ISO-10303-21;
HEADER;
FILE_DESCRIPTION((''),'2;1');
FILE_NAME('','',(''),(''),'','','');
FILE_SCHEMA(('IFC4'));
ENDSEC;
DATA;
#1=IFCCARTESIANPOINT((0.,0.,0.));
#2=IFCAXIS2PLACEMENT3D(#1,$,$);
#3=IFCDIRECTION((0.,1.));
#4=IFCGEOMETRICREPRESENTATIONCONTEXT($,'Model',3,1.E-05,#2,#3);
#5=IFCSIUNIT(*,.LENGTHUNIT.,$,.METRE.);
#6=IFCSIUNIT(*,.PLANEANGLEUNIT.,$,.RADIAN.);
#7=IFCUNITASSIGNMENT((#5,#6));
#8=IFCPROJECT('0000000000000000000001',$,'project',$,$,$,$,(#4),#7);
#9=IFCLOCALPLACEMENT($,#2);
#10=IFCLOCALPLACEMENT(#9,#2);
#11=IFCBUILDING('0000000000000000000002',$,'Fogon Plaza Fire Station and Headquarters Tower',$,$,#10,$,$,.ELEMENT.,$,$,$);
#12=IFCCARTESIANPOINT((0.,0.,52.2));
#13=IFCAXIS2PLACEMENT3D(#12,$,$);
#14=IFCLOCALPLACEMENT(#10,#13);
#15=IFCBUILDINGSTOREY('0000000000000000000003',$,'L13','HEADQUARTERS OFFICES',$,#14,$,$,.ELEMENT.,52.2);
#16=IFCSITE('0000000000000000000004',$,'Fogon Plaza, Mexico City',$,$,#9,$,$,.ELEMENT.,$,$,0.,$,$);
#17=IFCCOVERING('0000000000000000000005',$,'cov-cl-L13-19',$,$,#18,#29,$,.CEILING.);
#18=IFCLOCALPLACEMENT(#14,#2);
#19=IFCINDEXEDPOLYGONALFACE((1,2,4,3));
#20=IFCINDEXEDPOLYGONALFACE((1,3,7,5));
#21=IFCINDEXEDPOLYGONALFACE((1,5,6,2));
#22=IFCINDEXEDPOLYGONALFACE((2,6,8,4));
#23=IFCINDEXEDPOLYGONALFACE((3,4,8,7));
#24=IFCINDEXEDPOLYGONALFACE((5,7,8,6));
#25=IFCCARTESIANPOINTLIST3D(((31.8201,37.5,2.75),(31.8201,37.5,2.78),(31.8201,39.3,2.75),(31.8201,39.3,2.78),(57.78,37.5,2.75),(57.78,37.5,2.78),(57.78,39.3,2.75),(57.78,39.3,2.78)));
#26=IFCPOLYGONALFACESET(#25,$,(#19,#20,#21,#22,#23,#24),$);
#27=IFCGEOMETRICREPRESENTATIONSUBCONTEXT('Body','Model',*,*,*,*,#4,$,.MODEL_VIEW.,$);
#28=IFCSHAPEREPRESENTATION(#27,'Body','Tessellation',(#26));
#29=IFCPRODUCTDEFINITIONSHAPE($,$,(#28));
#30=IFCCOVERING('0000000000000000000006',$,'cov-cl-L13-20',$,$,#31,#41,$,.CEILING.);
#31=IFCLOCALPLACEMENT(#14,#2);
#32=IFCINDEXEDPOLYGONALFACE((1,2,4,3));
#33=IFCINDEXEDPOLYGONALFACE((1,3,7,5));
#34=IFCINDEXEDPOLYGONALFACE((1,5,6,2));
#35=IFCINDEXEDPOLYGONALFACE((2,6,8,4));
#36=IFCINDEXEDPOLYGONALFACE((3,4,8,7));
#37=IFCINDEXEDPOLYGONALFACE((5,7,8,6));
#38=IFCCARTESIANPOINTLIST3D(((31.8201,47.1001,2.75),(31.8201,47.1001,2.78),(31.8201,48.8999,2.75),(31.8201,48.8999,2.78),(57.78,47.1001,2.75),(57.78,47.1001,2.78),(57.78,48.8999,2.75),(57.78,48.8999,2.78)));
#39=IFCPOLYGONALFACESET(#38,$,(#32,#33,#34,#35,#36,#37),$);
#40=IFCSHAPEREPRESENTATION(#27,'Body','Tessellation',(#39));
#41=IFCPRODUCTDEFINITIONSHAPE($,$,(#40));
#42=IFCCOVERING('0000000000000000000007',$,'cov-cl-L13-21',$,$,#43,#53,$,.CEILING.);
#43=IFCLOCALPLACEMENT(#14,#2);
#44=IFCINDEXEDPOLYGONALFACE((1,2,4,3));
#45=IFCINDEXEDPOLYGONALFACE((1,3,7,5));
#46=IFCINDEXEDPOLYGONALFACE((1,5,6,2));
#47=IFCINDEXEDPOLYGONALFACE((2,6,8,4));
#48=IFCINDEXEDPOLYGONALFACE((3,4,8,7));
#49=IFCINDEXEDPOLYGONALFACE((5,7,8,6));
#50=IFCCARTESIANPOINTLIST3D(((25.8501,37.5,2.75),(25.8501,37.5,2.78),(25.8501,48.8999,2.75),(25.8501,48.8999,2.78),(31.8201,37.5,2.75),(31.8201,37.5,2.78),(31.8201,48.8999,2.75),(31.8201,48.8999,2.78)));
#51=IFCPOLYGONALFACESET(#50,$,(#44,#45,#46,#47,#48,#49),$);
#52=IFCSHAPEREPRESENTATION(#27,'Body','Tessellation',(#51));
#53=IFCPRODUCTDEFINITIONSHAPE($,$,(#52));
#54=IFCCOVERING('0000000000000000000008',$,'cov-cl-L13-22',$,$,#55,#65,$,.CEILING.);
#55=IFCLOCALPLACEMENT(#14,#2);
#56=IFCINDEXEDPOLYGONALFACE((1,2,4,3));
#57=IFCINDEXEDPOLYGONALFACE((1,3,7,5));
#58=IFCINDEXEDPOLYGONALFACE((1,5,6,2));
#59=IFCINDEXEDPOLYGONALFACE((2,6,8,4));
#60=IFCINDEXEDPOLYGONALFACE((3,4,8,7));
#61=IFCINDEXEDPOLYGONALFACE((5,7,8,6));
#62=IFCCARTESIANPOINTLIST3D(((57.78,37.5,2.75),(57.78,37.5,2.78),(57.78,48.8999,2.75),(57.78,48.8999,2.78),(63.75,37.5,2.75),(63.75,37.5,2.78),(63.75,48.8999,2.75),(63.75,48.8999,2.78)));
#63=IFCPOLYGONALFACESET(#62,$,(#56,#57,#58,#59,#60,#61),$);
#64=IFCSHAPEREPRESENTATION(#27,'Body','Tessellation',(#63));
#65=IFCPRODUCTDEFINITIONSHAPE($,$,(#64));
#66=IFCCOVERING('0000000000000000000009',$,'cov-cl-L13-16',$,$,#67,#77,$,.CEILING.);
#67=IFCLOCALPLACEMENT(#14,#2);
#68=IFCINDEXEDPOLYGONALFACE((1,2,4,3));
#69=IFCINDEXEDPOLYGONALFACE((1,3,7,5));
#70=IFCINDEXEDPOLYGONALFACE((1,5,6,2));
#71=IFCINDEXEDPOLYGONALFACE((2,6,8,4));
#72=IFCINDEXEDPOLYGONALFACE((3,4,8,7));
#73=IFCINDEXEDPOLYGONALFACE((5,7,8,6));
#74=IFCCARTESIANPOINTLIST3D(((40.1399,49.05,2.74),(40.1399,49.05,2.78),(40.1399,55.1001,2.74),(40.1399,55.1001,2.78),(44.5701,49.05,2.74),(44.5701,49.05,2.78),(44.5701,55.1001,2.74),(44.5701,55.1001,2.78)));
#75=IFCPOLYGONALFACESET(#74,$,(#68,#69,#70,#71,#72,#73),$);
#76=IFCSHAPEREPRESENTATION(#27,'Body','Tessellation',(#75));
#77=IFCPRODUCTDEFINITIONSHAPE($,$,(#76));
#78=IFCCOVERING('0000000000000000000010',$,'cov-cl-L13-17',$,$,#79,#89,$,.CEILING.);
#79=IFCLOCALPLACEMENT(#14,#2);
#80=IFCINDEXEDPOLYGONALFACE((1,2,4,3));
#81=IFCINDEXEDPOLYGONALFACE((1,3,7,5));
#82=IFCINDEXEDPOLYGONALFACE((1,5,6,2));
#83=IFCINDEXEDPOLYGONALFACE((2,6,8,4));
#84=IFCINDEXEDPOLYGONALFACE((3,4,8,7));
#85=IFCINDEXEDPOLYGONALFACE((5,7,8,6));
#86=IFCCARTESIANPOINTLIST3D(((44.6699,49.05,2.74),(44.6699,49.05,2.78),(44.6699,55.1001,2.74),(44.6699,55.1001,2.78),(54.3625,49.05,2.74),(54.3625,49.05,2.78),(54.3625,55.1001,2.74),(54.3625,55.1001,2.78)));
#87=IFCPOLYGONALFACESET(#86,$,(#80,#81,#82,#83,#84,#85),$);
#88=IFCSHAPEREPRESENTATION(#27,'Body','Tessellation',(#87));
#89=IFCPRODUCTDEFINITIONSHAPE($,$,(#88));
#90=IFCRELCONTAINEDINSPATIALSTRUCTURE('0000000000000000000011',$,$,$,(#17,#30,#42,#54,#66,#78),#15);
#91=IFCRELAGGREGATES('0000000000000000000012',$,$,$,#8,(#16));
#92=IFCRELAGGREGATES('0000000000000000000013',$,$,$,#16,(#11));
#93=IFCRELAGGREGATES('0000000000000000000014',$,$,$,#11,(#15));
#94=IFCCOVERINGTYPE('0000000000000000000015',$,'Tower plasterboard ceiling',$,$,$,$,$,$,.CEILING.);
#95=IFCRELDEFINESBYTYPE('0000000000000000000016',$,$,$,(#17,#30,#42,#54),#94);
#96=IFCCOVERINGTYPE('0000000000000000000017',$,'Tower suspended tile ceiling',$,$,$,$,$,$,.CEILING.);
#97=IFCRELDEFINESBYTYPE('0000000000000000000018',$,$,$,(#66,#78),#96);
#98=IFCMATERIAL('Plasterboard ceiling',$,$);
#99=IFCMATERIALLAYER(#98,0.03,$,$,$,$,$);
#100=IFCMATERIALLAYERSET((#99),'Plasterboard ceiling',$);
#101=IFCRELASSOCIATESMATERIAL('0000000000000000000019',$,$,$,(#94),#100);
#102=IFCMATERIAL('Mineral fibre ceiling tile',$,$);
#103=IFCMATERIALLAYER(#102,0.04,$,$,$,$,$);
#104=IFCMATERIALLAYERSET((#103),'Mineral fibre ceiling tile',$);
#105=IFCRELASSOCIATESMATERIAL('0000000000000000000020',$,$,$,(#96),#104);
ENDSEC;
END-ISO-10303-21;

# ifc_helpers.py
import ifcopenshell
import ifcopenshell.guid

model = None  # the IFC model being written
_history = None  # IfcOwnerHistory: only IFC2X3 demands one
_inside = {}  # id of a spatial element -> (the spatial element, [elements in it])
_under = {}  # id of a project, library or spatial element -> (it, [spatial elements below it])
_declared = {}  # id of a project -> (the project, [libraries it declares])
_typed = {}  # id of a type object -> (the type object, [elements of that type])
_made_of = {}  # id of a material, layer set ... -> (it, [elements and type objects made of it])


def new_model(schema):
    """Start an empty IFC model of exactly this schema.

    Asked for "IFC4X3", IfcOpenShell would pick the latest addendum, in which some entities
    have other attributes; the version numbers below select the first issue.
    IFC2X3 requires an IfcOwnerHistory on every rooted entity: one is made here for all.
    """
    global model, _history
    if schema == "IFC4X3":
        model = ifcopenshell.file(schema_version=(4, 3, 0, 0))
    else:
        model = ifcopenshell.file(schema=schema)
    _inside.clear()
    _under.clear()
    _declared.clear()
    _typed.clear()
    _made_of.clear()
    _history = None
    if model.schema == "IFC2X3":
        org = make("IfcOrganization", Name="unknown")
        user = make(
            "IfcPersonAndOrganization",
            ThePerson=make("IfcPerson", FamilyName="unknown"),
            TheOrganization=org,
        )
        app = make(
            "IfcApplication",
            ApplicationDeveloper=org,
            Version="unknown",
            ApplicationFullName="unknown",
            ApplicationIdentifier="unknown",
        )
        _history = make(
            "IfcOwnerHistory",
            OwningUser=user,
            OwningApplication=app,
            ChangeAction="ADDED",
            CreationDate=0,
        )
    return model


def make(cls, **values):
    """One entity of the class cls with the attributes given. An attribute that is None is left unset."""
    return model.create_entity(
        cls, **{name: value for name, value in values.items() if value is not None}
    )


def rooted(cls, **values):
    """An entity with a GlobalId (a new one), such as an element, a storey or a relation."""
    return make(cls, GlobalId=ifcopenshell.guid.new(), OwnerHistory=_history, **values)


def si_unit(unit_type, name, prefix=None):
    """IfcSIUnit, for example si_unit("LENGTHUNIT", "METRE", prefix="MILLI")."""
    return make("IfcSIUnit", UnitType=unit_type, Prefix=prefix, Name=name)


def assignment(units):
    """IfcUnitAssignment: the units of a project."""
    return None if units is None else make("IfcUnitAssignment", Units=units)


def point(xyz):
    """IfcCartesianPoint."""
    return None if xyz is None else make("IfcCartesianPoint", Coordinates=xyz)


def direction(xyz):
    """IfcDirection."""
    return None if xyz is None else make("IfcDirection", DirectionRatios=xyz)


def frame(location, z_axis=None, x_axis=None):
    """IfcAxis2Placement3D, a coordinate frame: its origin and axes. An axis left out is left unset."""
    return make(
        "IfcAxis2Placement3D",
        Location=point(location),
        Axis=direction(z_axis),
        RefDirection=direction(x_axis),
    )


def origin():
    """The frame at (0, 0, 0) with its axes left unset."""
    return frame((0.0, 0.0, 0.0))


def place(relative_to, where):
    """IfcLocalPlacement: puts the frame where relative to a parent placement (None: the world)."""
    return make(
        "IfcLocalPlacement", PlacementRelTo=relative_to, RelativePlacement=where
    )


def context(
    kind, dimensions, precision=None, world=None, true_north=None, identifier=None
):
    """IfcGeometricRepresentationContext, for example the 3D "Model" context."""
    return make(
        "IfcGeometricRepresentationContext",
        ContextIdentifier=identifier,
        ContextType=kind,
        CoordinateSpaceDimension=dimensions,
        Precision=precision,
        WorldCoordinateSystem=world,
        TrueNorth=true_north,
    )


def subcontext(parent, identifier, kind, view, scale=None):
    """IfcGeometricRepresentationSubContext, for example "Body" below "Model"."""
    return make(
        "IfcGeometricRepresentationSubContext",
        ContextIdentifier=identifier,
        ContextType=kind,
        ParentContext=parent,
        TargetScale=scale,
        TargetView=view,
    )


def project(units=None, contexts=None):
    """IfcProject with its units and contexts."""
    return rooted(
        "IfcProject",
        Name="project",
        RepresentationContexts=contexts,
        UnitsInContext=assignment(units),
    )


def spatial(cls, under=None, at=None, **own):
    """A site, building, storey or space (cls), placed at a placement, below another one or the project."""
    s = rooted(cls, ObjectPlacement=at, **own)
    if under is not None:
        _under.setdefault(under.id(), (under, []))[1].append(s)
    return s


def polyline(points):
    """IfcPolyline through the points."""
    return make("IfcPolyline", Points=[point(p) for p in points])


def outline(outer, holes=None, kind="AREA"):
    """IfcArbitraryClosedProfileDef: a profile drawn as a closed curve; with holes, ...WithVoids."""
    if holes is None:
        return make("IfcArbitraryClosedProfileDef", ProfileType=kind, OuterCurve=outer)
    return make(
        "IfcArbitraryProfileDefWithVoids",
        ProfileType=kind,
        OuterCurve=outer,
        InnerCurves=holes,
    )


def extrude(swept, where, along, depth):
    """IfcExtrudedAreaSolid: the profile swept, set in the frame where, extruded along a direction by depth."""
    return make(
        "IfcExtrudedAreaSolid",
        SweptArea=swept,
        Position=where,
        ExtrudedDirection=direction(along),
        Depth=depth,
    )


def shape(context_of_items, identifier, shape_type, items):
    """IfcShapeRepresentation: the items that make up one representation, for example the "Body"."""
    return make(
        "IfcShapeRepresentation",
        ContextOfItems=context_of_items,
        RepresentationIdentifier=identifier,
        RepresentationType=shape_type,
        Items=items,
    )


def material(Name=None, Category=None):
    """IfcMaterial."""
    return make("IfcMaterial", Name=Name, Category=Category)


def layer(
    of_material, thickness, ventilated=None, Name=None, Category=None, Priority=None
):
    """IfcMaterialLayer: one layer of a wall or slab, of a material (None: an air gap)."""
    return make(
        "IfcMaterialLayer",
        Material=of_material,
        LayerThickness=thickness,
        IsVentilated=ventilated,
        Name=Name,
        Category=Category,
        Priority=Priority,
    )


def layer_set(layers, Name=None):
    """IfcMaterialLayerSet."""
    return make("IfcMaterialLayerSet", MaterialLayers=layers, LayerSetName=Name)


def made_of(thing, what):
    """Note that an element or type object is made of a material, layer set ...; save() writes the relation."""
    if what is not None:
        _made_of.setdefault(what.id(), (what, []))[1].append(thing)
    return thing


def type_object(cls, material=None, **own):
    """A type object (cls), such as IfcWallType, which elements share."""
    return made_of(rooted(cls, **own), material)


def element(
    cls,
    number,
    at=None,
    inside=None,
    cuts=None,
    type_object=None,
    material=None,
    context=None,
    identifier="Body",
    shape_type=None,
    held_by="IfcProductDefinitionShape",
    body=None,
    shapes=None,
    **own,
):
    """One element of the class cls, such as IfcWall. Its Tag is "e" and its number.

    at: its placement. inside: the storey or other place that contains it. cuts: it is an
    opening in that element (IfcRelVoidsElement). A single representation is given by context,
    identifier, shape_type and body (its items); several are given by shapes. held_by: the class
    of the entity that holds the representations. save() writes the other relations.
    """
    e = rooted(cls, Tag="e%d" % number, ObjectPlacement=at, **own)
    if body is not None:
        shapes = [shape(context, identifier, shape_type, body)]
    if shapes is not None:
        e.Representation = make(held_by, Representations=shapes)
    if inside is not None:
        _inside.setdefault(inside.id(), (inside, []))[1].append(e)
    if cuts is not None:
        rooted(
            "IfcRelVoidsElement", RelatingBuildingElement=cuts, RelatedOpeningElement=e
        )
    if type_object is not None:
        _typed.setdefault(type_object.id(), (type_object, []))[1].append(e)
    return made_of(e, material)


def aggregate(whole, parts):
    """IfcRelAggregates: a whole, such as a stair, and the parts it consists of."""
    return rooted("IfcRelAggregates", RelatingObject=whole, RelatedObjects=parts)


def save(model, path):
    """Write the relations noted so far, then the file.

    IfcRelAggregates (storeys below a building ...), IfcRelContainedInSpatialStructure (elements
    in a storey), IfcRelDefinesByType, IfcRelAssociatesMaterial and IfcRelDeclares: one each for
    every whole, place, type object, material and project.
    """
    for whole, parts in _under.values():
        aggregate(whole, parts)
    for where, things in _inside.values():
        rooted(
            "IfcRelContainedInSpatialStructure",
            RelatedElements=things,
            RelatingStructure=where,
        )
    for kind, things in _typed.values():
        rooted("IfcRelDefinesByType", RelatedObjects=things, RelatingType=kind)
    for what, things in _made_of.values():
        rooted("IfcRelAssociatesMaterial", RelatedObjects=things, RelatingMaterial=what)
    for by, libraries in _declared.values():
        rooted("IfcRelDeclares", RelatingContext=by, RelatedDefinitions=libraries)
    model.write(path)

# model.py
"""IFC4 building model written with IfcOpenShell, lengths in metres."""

from ifc_helpers import new_model, si_unit, direction, frame, origin, place, context, subcontext, project, spatial, polyline, outline, extrude, material, layer, layer_set, type_object, element, save


model = new_model("IFC4")

# Units and contexts
model_context = context("Model", 3, precision=1e-05, world=origin(), true_north=direction((0.0, 1.0)))
body_context = subcontext(model_context, "Body", "Model", "MODEL_VIEW")
ifc_project = project(units=[si_unit("LENGTHUNIT", "METRE"), si_unit("PLANEANGLEUNIT", "RADIAN")], contexts=[model_context])

# Site, building, storey
site_placement = place(None, origin())
site = spatial("IfcSite", under=ifc_project, at=site_placement, Name="Fogon Plaza, Mexico City", CompositionType="ELEMENT", RefElevation=0.0)
building_placement = place(site_placement, origin())
building = spatial("IfcBuilding", under=site, at=building_placement, Name="Fogon Plaza Fire Station and Headquarters Tower", CompositionType="ELEMENT")
storey_placement = place(building_placement, frame((0.0, 0.0, 52.2)))
storey = spatial("IfcBuildingStorey", under=building, at=storey_placement, Name="L13", Description="HEADQUARTERS OFFICES", CompositionType="ELEMENT", Elevation=52.2)

# Coverings
ifc_material_1 = material(Name="Plasterboard ceiling")
ifc_layer_1 = layer(ifc_material_1, 0.03)
ifc_layer_set_1 = layer_set([ifc_layer_1], Name="Plasterboard ceiling")
covering_type_1 = type_object("IfcCoveringType", Name="Tower plasterboard ceiling", PredefinedType="CEILING", material=ifc_layer_set_1)
covering_1_placement = place(storey_placement, frame((0.0, 0.0, 2.75)))
element("IfcCovering", 1, at=covering_1_placement, inside=storey, type_object=covering_type_1, Name="cov-cl-L13-19", PredefinedType="CEILING", context=body_context, shape_type="SweptSolid", body=[
    extrude(outline(polyline([(57.78, 37.5), (57.78, 39.3), (31.8201, 39.3), (31.8201, 37.5), (57.78, 37.5)])), origin(), (0.0, 0.0, 1.0), 0.03),
])
covering_2_placement = place(storey_placement, frame((0.0, 0.0, 2.75)))
element("IfcCovering", 2, at=covering_2_placement, inside=storey, type_object=covering_type_1, Name="cov-cl-L13-20", PredefinedType="CEILING", context=body_context, shape_type="SweptSolid", body=[
    extrude(outline(polyline([(57.78, 47.1001), (57.78, 48.8999), (31.8201, 48.8999), (31.8201, 47.1001), (57.78, 47.1001)])), origin(), (0.0, 0.0, 1.0), 0.03),
])
covering_3_placement = place(storey_placement, frame((0.0, 0.0, 2.75)))
element("IfcCovering", 3, at=covering_3_placement, inside=storey, type_object=covering_type_1, Name="cov-cl-L13-21", PredefinedType="CEILING", context=body_context, shape_type="SweptSolid", body=[
    extrude(outline(polyline([(31.8201, 37.5), (31.8201, 48.8999), (25.8501, 48.8999), (25.8501, 37.5), (31.8201, 37.5)])), origin(), (0.0, 0.0, 1.0), 0.03),
])
covering_4_placement = place(storey_placement, frame((0.0, 0.0, 2.75)))
element("IfcCovering", 4, at=covering_4_placement, inside=storey, type_object=covering_type_1, Name="cov-cl-L13-22", PredefinedType="CEILING", context=body_context, shape_type="SweptSolid", body=[
    extrude(outline(polyline([(63.75, 37.5), (63.75, 48.8999), (57.78, 48.8999), (57.78, 37.5), (63.75, 37.5)])), origin(), (0.0, 0.0, 1.0), 0.03),
])
ifc_material_2 = material(Name="Mineral fibre ceiling tile")
ifc_layer_2 = layer(ifc_material_2, 0.04)
ifc_layer_set_2 = layer_set([ifc_layer_2], Name="Mineral fibre ceiling tile")
covering_type_2 = type_object("IfcCoveringType", Name="Tower suspended tile ceiling", PredefinedType="CEILING", material=ifc_layer_set_2)
covering_5_placement = place(storey_placement, frame((0.0, 0.0, 2.74)))
element("IfcCovering", 5, at=covering_5_placement, inside=storey, type_object=covering_type_2, Name="cov-cl-L13-16", PredefinedType="CEILING", context=body_context, shape_type="SweptSolid", body=[
    extrude(outline(polyline([(44.5701, 49.05), (44.5701, 55.1001), (40.1399, 55.1001), (40.1399, 49.05), (44.5701, 49.05)])), origin(), (0.0, 0.0, 1.0), 0.04),
])
covering_6_placement = place(storey_placement, frame((0.0, 0.0, 2.74)))
element("IfcCovering", 6, at=covering_6_placement, inside=storey, type_object=covering_type_2, Name="cov-cl-L13-17", PredefinedType="CEILING", context=body_context, shape_type="SweptSolid", body=[
    extrude(outline(polyline([(54.3625, 49.05), (54.3625, 55.1001), (44.6699, 55.1001), (44.6699, 49.05), (54.3625, 49.05)])), origin(), (0.0, 0.0, 1.0), 0.04),
])

save(model, "model.ifc")
